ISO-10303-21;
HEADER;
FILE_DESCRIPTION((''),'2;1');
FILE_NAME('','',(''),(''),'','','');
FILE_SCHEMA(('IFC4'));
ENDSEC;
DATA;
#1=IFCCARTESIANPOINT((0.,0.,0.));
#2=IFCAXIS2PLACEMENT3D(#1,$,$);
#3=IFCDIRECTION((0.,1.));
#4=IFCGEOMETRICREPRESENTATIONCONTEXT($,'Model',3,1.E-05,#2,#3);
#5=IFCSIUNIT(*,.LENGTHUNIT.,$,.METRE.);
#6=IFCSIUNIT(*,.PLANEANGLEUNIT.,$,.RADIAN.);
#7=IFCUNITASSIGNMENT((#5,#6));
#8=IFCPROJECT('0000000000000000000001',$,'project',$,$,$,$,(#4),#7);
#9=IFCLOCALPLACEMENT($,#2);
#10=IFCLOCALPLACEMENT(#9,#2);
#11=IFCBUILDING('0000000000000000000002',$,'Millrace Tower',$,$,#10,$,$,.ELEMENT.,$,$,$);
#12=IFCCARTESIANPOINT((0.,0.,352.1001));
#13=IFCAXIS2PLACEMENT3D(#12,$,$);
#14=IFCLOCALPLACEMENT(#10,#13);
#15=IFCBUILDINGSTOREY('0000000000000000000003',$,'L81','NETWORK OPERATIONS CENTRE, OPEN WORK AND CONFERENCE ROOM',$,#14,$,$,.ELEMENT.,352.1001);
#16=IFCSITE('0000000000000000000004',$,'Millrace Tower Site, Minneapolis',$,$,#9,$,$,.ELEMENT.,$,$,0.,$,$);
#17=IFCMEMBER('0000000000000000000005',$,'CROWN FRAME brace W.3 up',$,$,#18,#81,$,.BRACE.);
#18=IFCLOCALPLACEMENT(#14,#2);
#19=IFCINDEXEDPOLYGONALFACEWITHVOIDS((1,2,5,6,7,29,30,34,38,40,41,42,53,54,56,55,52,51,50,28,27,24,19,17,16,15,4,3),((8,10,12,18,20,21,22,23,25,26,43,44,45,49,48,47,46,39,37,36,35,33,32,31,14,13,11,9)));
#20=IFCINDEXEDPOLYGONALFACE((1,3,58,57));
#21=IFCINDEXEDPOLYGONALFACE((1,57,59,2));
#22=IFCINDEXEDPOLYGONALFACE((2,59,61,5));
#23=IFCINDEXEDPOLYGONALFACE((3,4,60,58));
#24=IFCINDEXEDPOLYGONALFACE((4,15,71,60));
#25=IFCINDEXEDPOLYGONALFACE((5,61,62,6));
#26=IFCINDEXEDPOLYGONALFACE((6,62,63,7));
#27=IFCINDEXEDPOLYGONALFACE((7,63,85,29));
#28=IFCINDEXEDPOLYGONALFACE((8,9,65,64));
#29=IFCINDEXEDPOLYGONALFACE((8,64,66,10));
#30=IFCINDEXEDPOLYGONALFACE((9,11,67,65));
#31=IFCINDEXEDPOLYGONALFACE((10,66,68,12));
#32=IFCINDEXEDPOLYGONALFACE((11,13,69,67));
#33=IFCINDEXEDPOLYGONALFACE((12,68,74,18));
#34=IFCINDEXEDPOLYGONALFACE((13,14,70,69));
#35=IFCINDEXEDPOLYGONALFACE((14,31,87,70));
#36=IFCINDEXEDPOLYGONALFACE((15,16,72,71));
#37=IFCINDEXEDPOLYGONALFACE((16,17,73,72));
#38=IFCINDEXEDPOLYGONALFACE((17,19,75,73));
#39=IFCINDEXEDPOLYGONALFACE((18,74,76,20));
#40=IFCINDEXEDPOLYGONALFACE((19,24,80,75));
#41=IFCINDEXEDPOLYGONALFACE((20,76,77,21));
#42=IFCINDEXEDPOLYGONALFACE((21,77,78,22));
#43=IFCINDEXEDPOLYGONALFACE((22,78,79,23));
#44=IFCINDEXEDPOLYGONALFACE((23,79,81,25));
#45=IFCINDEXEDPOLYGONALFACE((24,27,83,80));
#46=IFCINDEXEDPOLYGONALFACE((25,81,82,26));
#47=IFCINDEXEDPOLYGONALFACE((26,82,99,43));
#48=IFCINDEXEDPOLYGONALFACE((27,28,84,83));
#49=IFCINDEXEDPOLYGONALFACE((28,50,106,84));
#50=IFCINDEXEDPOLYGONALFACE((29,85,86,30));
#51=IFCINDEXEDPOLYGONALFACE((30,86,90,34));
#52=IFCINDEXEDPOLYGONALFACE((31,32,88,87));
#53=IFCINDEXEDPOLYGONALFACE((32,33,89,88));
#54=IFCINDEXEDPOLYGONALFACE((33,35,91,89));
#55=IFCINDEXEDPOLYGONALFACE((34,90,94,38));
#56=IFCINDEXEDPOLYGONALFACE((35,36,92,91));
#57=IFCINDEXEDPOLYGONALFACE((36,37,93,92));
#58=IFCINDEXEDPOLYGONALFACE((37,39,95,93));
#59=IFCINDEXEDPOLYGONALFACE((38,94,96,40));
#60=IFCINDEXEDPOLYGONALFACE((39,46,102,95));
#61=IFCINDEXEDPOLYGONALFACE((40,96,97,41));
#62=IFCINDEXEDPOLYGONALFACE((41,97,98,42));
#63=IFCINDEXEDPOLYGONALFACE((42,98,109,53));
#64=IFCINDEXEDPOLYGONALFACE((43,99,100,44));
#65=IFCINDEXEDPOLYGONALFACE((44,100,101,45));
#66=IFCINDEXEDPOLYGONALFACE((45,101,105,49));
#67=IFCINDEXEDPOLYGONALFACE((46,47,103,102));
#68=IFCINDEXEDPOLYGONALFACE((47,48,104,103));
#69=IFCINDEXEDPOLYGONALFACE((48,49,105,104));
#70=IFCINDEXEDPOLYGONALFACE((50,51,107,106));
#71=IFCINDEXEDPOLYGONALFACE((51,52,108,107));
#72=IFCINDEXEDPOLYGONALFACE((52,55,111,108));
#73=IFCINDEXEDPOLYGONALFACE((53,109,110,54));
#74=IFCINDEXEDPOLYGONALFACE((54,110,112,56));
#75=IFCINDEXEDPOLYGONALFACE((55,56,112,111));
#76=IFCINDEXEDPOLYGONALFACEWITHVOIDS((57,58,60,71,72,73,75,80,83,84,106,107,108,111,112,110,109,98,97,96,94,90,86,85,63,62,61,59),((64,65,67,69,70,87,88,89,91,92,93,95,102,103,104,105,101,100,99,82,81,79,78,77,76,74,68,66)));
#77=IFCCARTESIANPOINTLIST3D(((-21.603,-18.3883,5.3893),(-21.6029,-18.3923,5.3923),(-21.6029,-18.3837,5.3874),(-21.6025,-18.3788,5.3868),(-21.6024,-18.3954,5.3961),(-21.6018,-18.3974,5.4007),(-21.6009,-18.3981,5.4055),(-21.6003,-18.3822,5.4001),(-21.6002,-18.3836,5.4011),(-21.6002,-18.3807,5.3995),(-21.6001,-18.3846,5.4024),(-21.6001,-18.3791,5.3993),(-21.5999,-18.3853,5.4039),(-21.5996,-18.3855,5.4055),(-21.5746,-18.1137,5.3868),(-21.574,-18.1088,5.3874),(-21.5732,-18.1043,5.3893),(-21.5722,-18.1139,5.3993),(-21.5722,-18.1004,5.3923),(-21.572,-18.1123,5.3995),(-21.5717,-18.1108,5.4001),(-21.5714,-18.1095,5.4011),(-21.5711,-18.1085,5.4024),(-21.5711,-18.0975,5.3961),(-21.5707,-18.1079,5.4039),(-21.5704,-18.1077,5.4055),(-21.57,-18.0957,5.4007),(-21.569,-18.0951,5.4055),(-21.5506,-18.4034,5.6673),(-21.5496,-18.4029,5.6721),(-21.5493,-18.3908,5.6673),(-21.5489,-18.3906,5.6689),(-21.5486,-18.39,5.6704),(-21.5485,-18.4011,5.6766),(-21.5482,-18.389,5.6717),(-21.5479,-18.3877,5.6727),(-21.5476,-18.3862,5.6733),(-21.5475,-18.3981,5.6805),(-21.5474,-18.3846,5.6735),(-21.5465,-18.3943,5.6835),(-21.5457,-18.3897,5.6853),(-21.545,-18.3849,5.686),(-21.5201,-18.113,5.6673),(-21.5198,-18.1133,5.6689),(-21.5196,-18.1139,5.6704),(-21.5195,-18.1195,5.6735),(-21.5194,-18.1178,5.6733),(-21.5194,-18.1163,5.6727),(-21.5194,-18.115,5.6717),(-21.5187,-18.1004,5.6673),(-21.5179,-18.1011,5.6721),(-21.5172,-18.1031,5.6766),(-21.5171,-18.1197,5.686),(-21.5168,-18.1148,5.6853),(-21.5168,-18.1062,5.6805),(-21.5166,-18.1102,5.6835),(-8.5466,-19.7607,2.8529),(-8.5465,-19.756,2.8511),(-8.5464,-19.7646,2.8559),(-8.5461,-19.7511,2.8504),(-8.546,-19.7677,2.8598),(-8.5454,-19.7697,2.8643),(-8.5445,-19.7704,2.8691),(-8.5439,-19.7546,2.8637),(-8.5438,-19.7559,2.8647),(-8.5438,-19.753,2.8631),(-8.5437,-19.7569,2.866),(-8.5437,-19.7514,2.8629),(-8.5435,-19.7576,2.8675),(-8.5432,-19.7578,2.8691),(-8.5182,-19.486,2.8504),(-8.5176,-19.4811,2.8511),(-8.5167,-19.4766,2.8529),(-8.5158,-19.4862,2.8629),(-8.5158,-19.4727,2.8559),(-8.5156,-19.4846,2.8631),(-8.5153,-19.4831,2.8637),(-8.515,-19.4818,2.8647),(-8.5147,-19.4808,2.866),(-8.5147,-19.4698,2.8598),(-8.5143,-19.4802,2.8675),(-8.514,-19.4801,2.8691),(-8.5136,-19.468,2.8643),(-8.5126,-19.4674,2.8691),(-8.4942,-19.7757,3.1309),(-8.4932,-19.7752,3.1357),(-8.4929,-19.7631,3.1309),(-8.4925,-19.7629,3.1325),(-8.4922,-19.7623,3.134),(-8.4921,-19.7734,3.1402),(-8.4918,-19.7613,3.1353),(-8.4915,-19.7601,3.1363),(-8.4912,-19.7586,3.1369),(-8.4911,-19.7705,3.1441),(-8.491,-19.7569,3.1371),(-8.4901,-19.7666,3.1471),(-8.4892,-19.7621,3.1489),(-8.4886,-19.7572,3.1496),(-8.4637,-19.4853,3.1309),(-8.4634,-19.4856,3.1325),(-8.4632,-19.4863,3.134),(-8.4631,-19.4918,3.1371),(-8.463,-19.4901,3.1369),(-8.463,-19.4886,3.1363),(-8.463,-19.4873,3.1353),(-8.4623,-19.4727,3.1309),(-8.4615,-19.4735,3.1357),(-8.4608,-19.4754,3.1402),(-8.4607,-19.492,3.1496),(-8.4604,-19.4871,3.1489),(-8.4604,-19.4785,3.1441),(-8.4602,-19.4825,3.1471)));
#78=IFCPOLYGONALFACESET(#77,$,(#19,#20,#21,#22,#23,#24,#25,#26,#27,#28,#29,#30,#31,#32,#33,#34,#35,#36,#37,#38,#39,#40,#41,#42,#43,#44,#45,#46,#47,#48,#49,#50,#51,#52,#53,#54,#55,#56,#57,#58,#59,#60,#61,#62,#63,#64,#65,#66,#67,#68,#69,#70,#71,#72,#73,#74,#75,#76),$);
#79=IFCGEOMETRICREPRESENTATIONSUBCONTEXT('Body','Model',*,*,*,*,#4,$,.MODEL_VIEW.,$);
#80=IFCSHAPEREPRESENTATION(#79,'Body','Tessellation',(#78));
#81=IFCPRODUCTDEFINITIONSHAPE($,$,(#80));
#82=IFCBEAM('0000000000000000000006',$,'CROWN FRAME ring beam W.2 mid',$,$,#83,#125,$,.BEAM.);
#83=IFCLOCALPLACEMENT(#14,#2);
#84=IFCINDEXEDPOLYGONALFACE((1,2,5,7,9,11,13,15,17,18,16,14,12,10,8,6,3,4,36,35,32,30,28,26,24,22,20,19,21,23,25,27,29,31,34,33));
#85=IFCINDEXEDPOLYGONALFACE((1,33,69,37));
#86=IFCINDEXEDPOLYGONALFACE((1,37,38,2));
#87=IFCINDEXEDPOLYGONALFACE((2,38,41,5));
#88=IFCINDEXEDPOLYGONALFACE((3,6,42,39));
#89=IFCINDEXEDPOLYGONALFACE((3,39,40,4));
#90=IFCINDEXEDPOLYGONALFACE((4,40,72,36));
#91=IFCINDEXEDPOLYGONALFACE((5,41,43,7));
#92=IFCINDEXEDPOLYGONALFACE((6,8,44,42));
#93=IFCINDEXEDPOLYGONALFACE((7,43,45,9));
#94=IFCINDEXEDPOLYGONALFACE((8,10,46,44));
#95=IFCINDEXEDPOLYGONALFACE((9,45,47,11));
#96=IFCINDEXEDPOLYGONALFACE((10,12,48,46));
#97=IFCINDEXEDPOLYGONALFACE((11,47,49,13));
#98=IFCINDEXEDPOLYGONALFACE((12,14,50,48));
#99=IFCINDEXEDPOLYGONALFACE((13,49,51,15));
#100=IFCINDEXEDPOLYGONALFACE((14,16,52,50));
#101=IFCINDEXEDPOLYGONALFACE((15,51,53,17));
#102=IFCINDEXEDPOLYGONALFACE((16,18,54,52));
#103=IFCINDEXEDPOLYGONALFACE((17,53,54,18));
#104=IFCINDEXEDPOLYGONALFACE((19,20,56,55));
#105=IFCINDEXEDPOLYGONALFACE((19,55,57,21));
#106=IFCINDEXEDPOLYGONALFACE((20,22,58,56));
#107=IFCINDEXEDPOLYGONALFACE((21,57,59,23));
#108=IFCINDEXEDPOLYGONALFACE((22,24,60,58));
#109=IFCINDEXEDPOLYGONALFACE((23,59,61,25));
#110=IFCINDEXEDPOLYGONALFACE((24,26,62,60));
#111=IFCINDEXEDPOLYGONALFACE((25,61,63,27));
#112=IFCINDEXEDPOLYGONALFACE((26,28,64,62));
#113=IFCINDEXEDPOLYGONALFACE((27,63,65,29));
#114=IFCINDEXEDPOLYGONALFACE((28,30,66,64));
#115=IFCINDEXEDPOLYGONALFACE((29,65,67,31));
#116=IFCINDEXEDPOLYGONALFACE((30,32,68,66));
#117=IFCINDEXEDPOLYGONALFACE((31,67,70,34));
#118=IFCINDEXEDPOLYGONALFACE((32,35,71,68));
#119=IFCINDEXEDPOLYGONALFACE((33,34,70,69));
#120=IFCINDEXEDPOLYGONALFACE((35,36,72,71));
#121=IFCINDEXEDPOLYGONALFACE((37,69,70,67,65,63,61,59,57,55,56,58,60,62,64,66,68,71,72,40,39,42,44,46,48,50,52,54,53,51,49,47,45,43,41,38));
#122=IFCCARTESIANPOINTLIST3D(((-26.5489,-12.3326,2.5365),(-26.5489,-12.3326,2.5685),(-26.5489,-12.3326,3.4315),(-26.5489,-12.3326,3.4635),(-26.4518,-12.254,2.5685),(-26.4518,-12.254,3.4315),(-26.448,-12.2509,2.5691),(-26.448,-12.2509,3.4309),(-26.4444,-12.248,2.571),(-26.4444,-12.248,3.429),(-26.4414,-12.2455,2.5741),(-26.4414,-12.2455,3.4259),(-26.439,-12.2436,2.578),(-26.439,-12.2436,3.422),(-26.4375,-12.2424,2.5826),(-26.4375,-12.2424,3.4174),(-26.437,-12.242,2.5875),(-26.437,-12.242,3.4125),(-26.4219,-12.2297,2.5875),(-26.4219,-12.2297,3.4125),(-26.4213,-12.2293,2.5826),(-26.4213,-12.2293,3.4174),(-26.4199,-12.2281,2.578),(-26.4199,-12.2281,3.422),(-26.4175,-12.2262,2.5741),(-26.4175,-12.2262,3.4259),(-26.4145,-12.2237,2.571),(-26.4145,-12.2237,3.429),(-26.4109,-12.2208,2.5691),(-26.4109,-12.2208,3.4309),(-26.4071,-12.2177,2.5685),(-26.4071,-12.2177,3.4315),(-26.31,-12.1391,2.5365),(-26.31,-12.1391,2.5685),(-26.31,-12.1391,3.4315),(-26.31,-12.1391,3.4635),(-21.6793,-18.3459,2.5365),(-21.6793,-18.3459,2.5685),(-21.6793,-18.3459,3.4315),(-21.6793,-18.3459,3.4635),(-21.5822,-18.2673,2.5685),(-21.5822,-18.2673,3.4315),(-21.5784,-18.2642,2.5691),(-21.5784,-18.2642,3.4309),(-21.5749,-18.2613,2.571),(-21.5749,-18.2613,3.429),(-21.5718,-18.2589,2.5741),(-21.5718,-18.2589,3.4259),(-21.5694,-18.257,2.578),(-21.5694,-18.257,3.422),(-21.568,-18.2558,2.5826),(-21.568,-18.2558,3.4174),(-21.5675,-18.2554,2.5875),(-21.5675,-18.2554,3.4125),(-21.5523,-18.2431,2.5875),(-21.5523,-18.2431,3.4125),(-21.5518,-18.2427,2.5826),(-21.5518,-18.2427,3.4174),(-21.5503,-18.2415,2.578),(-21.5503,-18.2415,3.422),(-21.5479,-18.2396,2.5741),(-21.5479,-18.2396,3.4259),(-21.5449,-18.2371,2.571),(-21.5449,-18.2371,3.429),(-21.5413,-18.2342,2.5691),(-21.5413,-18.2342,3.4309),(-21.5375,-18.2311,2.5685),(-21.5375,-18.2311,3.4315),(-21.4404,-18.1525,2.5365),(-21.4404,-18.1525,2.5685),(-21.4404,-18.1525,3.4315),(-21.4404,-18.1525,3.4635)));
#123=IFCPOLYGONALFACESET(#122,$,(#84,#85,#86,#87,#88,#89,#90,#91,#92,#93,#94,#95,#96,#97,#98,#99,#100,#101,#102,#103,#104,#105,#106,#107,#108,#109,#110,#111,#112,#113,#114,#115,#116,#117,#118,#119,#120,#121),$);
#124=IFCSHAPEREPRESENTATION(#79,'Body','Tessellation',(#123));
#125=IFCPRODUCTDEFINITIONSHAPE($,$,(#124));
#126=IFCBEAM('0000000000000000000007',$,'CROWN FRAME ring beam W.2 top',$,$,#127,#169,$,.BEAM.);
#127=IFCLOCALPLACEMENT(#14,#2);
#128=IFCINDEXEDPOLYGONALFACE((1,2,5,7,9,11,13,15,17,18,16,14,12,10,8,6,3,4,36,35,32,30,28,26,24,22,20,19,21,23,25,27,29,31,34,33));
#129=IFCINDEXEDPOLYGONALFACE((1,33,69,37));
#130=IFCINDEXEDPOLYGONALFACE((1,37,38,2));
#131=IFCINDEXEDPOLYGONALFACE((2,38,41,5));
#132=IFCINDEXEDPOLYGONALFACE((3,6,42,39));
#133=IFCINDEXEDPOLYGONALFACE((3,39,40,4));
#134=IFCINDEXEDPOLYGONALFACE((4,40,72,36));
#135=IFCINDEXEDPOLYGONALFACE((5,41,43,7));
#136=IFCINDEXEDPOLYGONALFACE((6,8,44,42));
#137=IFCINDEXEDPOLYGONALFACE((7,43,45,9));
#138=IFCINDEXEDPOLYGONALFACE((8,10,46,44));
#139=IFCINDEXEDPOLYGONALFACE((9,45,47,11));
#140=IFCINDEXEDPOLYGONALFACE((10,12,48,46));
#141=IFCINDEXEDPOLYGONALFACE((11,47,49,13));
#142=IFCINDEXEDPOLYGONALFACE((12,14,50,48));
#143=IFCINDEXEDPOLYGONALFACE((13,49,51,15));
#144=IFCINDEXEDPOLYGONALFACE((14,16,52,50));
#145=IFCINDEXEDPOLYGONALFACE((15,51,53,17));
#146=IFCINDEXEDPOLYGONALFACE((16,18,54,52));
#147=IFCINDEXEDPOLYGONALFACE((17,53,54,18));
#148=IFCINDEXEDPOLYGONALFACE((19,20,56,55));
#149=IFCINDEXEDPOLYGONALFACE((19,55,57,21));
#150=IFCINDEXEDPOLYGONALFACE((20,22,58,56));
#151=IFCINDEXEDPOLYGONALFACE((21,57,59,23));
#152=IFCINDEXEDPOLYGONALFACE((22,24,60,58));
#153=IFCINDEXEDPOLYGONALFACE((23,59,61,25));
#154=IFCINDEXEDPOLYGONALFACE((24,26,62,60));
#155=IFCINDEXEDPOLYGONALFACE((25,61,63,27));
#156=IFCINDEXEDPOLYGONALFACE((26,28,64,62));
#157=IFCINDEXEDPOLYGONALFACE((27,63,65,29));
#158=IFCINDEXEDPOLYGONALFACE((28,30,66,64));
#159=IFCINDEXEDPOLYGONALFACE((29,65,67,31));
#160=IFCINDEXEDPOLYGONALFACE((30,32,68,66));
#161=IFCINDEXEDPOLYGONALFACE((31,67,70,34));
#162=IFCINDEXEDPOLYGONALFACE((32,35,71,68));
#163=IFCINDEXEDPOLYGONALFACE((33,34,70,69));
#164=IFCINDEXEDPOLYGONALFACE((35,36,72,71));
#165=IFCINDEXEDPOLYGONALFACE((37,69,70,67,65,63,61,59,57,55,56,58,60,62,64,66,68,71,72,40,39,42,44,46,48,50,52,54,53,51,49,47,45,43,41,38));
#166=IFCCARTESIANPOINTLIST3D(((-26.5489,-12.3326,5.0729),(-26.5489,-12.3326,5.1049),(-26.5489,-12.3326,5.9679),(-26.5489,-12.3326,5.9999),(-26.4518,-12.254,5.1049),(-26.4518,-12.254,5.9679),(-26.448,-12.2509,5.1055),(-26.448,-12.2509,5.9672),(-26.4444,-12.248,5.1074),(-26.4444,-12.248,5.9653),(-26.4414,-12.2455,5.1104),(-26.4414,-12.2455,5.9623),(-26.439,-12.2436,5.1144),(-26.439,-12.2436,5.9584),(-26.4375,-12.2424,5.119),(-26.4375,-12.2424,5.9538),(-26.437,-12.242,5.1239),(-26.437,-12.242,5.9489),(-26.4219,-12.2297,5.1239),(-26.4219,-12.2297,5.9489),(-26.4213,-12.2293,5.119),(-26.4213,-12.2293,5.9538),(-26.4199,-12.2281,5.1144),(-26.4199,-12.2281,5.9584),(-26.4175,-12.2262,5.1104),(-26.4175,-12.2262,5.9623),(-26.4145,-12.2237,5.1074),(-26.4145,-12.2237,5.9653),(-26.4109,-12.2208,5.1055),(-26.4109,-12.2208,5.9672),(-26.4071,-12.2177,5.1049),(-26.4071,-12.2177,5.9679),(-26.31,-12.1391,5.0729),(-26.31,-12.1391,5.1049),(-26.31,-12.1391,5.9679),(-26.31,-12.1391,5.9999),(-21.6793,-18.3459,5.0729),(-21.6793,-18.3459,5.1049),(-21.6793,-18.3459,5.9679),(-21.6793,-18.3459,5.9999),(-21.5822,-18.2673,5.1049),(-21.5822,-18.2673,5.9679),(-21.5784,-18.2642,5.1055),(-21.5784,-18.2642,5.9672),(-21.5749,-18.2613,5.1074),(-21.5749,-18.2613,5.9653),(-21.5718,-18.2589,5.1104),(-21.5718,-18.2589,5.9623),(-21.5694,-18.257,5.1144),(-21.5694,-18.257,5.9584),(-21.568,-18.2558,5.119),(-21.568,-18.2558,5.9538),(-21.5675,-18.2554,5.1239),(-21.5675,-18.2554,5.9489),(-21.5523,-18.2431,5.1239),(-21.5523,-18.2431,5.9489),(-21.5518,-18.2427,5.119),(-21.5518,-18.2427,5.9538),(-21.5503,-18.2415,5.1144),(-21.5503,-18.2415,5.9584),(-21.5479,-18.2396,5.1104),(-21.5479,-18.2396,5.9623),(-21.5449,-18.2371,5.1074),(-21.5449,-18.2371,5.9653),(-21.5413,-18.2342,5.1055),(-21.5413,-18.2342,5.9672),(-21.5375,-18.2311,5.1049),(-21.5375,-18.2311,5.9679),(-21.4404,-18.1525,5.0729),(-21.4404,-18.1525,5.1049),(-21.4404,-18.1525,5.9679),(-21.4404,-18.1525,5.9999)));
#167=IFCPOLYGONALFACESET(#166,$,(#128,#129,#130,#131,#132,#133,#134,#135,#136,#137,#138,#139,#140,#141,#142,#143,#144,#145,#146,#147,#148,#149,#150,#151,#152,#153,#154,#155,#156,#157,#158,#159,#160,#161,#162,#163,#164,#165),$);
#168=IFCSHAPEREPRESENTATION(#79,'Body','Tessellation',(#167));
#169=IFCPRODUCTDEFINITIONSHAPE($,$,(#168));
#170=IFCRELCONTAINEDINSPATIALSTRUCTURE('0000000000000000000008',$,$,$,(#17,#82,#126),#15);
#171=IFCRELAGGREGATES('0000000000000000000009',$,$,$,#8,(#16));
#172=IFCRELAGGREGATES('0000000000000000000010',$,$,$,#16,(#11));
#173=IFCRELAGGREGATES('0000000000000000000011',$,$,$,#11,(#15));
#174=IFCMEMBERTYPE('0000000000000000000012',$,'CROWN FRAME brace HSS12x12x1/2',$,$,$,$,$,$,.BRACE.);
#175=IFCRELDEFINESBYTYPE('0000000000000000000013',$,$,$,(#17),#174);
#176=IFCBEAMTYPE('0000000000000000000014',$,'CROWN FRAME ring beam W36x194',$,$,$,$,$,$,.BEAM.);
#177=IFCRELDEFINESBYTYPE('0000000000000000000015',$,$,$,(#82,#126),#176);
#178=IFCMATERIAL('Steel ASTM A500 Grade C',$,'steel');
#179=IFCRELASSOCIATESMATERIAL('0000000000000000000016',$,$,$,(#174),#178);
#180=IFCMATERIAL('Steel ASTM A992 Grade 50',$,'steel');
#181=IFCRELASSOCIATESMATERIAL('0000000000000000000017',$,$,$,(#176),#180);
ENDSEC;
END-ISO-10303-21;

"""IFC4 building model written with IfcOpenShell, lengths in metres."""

from ifc_helpers import new_model, si_unit, direction, frame, origin, origin_2d, place, context, subcontext, project, spatial, hollow_rectangle, i_section, extrude, material, material_profile, profile_set, type_object, element, save


model = new_model("IFC4")

# Units and contexts
model_context = context("Model", 3, precision=1e-05, world=origin(), true_north=direction((0.0, 1.0)))
body_context = subcontext(model_context, "Body", "Model", "MODEL_VIEW")
ifc_project = project(units=[si_unit("LENGTHUNIT", "METRE"), si_unit("PLANEANGLEUNIT", "RADIAN")], contexts=[model_context])

# Site, building, storey
site_placement = place(None, origin())
site = spatial("IfcSite", under=ifc_project, at=site_placement, Name="Millrace Tower Site, Minneapolis", CompositionType="ELEMENT", RefElevation=0.0)
building_placement = place(site_placement, origin())
building = spatial("IfcBuilding", under=site, at=building_placement, Name="Millrace Tower", CompositionType="ELEMENT")
storey_placement = place(building_placement, frame((0.0, 0.0, 352.1001)))
storey = spatial("IfcBuildingStorey", under=building, at=storey_placement, Name="L81", Description="NETWORK OPERATIONS CENTRE, OPEN WORK AND CONFERENCE ROOM", CompositionType="ELEMENT", Elevation=352.1001)

# Member
ifc_material_1 = material(Name="Steel ASTM A500 Grade C", Category="steel")
ifc_material_profile_1 = material_profile(ifc_material_1, hollow_rectangle(XDim=0.3047, YDim=0.3047, WallThickness=0.0127, InnerFilletRadius=0.0063, OuterFilletRadius=0.019, at=origin_2d()))
ifc_profile_set_1 = profile_set([ifc_material_profile_1], Name="Steel ASTM A500 Grade C")
member_type = type_object("IfcMemberType", Name="CROWN FRAME brace HSS12x12x1/2", PredefinedType="BRACE", material=ifc_profile_set_1)
member_1_placement = place(storey_placement, frame((-8.5034, -19.6216, 3.0), z_axis=(-0.976465, 0.102633, 0.189691), x_axis=(-0.104531, -0.994522, 0.0)))
element("IfcMember", 1, at=member_1_placement, inside=storey, type_object=member_type, Name="CROWN FRAME brace W.3 up", PredefinedType="BRACE", context=body_context, shape_type="SweptSolid", body=[
    extrude(hollow_rectangle(XDim=0.3047, YDim=0.3047, WallThickness=0.0127, InnerFilletRadius=0.0063, OuterFilletRadius=0.019, at=origin_2d()), origin(), (0.0, 0.0, 1.0), 13.3711),
])

# Beams
ifc_material_2 = material(Name="Steel ASTM A992 Grade 50", Category="steel")
ifc_material_profile_2 = material_profile(ifc_material_2, i_section(OverallWidth=0.3074, OverallDepth=0.927, WebThickness=0.0195, FlangeThickness=0.032, FilletRadius=0.019, at=origin_2d()))
ifc_profile_set_2 = profile_set([ifc_material_profile_2], Name="Steel ASTM A992 Grade 50")
beam_type_1 = type_object("IfcBeamType", Name="CROWN FRAME ring beam W36x194", PredefinedType="BEAM", material=ifc_profile_set_2)
for number, where, z_axis, x_axis, name in (
    (2, (-26.4294, -12.2358, 3.0), (0.629324, -0.777143, 0.0), (0.777143, 0.629324, 0.0), "CROWN FRAME ring beam W.2 mid"),
    (3, (-26.4294, -12.2358, 5.5364), (0.629324, -0.777143, 0.0), (0.777143, 0.629324, 0.0), "CROWN FRAME ring beam W.2 top"),
):
    element("IfcBeam", number, at=place(storey_placement, frame(where, z_axis=z_axis, x_axis=x_axis)), inside=storey, type_object=beam_type_1, Name=name, PredefinedType="BEAM", context=body_context, shape_type="SweptSolid", body=[
        extrude(i_section(OverallWidth=0.3074, OverallDepth=0.927, WebThickness=0.0195, FlangeThickness=0.032, FilletRadius=0.019, at=origin_2d()), origin(), (0.0, 0.0, 1.0), 7.7378),
    ])

save(model, "model.ifc")
